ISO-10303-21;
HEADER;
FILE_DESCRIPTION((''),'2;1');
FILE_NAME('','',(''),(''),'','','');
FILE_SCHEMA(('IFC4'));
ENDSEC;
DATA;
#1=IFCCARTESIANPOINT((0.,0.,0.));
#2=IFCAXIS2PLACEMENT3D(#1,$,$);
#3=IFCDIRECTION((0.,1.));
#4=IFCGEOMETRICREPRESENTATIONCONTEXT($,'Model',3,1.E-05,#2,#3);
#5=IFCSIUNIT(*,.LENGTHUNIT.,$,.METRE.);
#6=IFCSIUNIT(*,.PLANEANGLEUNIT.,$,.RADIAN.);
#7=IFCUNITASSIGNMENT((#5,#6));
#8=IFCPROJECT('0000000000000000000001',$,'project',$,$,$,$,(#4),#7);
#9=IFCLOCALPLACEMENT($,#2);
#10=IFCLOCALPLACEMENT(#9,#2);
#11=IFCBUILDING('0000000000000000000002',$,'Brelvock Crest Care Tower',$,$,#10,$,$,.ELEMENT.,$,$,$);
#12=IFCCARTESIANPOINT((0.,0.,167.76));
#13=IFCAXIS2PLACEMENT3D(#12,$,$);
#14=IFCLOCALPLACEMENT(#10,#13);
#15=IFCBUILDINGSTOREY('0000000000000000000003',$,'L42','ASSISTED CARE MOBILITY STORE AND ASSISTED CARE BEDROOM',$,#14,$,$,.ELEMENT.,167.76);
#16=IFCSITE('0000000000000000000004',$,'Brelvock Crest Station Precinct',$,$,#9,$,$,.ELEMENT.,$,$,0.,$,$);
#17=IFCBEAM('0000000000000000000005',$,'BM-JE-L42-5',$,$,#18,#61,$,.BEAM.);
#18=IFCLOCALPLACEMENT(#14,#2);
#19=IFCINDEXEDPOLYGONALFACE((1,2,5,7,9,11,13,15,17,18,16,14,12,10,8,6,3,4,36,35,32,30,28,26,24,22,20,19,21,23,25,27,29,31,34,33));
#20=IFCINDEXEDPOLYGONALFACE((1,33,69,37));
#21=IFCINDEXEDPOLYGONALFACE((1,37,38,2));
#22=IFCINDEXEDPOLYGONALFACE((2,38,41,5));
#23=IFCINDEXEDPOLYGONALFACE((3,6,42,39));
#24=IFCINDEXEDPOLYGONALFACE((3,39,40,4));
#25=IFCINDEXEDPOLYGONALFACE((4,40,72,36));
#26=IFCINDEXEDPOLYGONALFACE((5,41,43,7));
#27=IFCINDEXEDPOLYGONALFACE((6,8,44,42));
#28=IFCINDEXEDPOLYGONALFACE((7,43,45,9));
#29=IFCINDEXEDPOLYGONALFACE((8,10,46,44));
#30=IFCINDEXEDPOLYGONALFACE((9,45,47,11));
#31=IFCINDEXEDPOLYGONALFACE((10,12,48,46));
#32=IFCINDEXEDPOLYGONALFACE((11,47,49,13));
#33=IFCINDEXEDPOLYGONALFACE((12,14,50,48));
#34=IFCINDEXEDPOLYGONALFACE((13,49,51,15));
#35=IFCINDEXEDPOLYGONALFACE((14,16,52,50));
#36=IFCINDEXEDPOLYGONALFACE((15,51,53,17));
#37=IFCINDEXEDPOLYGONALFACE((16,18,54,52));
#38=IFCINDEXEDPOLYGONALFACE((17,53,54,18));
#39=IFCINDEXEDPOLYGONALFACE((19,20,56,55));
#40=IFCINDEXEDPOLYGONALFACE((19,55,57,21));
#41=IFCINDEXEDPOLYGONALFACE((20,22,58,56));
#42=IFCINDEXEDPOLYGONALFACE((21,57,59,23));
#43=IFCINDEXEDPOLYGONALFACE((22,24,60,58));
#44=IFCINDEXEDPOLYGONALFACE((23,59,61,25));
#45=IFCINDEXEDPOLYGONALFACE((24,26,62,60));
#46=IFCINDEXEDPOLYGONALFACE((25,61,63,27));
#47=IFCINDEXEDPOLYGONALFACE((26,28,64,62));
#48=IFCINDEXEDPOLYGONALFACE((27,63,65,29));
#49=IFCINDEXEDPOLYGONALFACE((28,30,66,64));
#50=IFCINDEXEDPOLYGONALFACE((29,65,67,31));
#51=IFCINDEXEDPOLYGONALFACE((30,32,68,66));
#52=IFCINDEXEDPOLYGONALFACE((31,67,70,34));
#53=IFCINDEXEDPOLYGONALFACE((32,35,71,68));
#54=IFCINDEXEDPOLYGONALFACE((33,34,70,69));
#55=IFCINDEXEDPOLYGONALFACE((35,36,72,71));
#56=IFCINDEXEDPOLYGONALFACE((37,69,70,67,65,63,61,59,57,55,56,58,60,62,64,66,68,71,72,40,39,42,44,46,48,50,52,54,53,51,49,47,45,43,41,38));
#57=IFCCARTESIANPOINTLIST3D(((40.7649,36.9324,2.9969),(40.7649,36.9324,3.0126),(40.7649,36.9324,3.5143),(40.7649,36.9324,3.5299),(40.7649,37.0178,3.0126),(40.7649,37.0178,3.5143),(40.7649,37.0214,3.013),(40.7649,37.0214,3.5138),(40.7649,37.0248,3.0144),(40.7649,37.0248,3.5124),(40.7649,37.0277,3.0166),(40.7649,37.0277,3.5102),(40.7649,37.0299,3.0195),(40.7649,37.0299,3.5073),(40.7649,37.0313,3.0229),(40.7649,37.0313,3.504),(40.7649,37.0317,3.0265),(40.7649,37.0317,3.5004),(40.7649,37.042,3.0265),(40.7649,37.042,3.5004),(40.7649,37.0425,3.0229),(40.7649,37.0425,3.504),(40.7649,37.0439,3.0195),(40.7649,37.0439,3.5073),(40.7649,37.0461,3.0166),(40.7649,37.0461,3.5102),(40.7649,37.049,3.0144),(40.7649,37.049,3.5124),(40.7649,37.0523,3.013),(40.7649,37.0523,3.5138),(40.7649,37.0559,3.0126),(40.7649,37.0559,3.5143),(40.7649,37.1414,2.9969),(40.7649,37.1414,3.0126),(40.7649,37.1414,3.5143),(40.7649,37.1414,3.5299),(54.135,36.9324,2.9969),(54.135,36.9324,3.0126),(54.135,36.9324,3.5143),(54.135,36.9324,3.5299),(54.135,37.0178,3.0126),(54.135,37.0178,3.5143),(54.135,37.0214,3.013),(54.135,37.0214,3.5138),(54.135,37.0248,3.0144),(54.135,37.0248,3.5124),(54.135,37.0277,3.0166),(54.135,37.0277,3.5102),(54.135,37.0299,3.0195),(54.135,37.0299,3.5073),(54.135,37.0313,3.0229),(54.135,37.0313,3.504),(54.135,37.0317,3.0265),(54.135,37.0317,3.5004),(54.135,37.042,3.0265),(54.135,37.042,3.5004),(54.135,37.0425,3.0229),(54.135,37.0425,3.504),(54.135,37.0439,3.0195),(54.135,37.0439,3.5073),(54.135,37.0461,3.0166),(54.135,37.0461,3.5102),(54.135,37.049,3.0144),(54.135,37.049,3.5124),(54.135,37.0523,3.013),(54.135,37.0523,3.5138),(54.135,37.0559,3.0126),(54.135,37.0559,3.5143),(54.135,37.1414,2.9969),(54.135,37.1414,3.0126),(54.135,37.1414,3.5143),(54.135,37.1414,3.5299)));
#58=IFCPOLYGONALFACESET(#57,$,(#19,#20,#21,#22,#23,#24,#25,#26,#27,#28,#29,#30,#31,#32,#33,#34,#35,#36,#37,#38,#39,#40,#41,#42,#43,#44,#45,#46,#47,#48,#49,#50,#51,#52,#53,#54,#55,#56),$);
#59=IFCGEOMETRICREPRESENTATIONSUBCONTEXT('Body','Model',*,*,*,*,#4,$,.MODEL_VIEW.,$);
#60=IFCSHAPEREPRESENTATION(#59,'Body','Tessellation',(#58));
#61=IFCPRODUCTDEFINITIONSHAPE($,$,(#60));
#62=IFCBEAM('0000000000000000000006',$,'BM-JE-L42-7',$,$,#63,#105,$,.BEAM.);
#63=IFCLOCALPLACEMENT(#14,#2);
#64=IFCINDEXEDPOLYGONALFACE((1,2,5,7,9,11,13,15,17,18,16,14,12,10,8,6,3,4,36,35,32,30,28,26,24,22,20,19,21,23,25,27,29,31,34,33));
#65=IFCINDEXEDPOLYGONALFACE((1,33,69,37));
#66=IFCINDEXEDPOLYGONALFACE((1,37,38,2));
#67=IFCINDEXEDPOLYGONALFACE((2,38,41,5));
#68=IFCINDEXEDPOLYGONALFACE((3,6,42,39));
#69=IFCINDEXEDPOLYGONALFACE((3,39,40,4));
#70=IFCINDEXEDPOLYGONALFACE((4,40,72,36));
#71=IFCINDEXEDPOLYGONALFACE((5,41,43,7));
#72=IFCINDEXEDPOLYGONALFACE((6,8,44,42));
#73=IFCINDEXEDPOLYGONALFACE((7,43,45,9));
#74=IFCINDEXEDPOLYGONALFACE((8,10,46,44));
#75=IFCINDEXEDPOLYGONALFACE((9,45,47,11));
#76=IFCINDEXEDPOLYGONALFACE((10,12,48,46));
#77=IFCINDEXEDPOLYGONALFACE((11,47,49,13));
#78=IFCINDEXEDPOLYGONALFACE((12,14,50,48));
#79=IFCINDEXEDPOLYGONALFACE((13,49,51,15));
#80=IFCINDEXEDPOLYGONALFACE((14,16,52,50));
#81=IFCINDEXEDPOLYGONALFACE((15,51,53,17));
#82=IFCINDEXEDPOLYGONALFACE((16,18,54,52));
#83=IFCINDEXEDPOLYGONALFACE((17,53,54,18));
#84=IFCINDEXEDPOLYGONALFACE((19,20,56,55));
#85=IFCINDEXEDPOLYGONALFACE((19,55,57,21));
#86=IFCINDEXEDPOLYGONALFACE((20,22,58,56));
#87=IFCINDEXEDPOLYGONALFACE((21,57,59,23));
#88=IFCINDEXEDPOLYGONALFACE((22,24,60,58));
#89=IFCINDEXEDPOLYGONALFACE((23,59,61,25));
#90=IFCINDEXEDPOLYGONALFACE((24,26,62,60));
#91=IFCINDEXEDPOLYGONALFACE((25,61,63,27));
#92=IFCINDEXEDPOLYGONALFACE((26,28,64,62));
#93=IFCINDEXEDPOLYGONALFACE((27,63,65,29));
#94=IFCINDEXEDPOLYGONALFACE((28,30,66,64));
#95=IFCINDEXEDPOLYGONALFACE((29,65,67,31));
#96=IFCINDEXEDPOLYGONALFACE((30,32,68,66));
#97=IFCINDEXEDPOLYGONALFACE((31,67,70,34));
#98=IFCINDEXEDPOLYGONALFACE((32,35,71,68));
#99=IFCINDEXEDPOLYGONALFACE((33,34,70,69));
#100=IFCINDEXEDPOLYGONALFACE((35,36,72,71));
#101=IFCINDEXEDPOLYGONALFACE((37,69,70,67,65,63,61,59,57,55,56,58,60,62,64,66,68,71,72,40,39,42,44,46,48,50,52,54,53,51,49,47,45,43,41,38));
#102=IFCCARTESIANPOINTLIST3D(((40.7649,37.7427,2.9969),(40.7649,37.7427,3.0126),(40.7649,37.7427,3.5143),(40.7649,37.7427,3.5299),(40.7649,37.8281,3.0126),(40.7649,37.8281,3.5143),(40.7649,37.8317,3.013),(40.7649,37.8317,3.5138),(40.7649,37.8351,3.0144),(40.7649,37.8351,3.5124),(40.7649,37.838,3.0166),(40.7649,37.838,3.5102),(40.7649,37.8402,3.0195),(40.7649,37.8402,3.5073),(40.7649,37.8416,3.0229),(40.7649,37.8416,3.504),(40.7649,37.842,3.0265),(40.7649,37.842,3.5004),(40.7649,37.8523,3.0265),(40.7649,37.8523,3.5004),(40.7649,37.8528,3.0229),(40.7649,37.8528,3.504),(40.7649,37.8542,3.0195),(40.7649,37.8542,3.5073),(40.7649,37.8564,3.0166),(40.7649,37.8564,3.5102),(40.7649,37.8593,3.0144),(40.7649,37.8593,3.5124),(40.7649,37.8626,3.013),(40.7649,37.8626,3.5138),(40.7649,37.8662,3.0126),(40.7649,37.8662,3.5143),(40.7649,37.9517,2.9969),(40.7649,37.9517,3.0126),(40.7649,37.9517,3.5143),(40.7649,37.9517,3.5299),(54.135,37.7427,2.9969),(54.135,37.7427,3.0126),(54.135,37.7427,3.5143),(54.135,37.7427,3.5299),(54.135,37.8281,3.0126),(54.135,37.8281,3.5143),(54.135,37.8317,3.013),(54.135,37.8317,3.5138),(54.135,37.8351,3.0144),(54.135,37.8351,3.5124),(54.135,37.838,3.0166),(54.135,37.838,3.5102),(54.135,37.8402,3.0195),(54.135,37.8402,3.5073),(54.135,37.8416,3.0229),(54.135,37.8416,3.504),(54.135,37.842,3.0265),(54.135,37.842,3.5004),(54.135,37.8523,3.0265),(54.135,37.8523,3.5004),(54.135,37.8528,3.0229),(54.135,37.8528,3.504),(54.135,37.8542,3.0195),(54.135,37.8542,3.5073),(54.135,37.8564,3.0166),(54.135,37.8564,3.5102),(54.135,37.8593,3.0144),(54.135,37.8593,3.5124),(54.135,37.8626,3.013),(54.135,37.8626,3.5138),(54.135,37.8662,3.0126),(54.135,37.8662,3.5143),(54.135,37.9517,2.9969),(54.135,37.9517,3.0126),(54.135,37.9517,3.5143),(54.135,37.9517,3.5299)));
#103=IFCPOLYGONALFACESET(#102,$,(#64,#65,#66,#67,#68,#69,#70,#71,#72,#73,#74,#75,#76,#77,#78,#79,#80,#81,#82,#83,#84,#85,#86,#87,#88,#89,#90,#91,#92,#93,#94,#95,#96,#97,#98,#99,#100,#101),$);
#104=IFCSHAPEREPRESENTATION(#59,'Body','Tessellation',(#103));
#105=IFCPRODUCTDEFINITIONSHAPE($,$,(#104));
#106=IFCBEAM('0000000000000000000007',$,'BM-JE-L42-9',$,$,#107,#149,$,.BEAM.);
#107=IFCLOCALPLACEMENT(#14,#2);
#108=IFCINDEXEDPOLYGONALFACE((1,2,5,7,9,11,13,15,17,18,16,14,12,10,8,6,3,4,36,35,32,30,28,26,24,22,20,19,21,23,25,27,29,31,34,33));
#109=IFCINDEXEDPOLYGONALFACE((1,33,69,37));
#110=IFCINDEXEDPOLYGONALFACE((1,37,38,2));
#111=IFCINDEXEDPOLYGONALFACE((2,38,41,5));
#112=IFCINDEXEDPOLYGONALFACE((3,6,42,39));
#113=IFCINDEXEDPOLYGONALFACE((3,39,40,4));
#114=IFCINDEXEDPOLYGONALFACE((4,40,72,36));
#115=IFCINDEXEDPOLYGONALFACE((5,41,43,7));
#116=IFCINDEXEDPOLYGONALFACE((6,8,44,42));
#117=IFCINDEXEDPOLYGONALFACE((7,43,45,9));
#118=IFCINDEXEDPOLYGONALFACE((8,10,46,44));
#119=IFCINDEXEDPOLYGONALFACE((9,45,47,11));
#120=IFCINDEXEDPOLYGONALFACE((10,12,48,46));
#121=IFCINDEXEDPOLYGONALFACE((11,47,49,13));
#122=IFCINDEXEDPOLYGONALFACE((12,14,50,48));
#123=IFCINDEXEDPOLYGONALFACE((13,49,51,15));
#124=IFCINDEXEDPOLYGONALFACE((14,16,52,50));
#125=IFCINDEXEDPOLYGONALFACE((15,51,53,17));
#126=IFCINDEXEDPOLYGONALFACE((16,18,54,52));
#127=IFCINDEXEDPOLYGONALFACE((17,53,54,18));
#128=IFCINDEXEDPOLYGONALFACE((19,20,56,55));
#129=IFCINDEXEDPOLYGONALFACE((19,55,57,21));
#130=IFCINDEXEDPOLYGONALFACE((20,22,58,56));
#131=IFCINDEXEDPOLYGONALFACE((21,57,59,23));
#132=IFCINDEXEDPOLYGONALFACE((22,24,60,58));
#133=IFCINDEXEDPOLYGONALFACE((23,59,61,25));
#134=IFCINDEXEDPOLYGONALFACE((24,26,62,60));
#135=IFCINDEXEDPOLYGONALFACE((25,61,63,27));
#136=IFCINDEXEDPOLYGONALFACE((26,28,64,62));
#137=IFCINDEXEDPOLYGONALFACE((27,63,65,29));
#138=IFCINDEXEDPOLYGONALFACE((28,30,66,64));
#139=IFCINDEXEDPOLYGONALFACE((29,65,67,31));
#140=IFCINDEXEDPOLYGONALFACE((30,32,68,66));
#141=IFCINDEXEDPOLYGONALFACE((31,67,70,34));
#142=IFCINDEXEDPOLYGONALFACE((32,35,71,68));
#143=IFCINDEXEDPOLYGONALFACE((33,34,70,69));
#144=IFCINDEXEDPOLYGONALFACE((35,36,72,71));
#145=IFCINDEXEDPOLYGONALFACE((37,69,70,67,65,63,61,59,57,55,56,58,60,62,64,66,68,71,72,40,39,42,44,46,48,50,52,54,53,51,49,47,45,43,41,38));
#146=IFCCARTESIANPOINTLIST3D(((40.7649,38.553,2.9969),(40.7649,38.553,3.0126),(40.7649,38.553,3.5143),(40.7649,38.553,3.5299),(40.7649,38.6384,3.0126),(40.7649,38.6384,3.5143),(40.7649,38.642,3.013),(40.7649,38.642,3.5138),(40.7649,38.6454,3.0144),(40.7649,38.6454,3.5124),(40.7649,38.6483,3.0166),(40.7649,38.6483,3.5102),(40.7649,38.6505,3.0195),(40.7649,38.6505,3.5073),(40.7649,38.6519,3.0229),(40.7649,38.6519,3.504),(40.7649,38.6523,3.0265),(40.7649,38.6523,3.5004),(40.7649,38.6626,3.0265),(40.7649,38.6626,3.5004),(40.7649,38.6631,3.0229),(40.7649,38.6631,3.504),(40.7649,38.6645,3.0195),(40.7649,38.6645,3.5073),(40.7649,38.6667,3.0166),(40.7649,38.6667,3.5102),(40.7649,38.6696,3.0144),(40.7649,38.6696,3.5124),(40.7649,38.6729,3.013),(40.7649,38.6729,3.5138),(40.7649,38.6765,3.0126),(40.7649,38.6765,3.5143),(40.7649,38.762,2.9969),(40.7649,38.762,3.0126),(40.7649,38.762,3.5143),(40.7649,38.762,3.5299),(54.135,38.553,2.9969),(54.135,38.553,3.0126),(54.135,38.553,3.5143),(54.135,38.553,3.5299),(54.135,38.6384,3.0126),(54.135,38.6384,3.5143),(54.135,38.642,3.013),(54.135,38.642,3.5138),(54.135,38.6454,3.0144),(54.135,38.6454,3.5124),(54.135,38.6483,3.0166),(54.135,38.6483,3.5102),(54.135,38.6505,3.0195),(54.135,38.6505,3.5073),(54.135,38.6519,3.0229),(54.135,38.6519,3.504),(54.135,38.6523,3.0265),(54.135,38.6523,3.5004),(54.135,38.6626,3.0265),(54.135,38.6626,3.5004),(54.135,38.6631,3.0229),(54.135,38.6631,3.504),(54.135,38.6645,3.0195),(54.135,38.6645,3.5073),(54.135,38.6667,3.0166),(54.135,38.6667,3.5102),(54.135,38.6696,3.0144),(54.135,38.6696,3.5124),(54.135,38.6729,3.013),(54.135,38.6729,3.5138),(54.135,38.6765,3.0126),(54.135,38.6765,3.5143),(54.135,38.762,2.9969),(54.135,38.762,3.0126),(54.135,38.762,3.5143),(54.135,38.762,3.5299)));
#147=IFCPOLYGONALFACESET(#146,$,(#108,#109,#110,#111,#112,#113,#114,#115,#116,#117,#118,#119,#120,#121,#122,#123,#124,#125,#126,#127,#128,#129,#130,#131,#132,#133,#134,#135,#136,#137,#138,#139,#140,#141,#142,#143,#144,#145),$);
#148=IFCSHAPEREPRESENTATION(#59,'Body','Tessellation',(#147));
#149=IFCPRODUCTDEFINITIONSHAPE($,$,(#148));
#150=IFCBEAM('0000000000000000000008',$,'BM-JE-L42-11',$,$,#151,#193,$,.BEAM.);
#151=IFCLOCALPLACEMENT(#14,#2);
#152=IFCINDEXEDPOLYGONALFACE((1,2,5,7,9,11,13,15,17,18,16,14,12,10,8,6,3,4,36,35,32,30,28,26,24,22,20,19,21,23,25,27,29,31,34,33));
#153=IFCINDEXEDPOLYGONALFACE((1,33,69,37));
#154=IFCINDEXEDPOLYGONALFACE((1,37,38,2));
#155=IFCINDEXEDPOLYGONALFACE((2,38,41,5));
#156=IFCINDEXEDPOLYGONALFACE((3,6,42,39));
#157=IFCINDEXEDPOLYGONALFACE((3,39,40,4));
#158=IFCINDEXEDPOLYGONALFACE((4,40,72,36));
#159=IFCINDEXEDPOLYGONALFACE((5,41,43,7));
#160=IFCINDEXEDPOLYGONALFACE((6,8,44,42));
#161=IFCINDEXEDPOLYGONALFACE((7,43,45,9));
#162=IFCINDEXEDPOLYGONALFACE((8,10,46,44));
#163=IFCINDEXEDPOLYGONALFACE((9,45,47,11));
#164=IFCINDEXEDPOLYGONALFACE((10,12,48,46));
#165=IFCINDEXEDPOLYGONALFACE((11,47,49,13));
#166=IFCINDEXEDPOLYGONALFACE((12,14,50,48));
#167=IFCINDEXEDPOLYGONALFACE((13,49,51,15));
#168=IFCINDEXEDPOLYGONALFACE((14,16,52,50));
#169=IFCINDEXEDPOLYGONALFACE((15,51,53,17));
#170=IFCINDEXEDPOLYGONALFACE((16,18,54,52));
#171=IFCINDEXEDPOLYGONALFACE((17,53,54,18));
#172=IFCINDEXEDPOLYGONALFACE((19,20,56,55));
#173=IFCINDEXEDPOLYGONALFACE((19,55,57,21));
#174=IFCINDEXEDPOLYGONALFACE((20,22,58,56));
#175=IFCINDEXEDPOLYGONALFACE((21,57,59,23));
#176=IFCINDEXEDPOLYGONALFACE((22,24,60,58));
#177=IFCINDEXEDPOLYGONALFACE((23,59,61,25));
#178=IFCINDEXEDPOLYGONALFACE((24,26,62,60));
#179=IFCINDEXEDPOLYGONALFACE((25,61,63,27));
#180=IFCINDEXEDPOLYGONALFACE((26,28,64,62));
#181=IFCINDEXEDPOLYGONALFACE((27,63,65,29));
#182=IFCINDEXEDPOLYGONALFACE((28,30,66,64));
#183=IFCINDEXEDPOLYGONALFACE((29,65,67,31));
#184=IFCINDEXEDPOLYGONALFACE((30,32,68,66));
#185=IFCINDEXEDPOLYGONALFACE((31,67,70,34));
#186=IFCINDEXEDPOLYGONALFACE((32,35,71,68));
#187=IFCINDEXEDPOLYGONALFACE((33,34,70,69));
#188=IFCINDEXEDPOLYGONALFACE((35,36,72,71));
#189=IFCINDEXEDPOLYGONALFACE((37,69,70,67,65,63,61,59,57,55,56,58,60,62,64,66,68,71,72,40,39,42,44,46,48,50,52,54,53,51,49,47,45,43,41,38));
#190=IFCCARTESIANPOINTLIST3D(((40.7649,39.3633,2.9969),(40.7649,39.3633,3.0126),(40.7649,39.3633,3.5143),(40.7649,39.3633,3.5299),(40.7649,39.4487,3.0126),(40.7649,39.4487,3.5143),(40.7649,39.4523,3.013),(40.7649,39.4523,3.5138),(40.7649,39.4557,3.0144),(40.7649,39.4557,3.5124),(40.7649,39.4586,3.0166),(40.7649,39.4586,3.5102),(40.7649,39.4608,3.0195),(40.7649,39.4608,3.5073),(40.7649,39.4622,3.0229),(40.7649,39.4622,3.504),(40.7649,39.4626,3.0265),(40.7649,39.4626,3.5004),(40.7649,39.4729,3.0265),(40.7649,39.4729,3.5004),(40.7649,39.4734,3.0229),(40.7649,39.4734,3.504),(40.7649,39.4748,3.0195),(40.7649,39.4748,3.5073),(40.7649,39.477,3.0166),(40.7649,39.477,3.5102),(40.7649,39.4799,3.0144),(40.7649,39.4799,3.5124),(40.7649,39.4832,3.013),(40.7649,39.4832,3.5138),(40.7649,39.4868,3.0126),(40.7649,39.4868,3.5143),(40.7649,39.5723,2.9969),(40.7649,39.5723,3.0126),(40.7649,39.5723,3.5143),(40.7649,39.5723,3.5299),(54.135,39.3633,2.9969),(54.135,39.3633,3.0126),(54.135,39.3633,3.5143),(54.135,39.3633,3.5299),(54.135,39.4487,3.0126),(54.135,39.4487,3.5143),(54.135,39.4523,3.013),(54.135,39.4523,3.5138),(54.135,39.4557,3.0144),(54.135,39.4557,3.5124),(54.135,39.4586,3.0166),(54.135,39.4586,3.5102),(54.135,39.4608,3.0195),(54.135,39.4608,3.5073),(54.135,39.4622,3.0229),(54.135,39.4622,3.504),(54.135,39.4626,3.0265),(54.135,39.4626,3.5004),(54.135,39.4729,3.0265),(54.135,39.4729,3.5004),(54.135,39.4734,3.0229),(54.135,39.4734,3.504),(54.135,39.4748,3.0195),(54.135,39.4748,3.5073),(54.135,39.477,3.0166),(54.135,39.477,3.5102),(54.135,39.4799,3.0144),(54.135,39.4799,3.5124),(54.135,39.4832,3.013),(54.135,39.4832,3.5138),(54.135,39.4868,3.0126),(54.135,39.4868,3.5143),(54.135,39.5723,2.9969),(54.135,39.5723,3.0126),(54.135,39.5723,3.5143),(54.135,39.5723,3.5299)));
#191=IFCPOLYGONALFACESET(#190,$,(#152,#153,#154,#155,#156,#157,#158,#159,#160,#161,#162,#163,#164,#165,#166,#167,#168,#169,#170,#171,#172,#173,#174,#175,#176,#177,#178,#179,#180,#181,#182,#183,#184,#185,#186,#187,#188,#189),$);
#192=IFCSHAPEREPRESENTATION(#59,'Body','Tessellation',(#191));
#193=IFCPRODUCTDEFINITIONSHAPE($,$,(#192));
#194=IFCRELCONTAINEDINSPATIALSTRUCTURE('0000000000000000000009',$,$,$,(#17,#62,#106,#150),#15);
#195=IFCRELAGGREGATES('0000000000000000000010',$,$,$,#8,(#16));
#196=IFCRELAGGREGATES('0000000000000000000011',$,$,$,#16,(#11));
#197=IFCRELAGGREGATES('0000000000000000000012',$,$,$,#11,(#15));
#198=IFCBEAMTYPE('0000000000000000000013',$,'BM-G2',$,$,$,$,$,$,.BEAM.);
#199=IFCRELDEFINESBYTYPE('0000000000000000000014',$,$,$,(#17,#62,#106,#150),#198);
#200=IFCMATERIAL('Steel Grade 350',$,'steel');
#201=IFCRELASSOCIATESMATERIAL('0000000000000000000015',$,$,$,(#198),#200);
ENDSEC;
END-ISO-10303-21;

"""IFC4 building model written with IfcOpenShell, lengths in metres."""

from ifc_helpers import new_model, si_unit, direction, frame, origin, origin_2d, place, context, subcontext, project, spatial, i_section, extrude, source, transform, mapped, material, material_profile, profile_set, type_object, element, save


model = new_model("IFC4")

# Units and contexts
model_context = context("Model", 3, precision=1e-05, world=origin(), true_north=direction((0.0, 1.0)))
body_context = subcontext(model_context, "Body", "Model", "MODEL_VIEW")
ifc_project = project(units=[si_unit("LENGTHUNIT", "METRE"), si_unit("PLANEANGLEUNIT", "RADIAN")], contexts=[model_context])

# Site, building, storey
site_placement = place(None, origin())
site = spatial("IfcSite", under=ifc_project, at=site_placement, Name="Brelvock Crest Station Precinct", CompositionType="ELEMENT", RefElevation=0.0)
building_placement = place(site_placement, origin())
building = spatial("IfcBuilding", under=site, at=building_placement, Name="Brelvock Crest Care Tower", CompositionType="ELEMENT")
storey_placement = place(building_placement, frame((0.0, 0.0, 167.76)))
storey = spatial("IfcBuildingStorey", under=building, at=storey_placement, Name="L42", Description="ASSISTED CARE MOBILITY STORE AND ASSISTED CARE BEDROOM", CompositionType="ELEMENT", Elevation=167.76)

# Beams
ifc_material_1 = material(Name="Steel Grade 350", Category="steel")
ifc_material_profile_1 = material_profile(ifc_material_1, i_section(OverallWidth=0.209, OverallDepth=0.533, WebThickness=0.0103, FlangeThickness=0.0156, FilletRadius=0.0139, at=origin_2d()), Name="530UB92.4")
ifc_profile_set_1 = profile_set([ifc_material_profile_1], Name="Steel Grade 350")
beam_type_1 = type_object("IfcBeamType", Name="BM-G2", PredefinedType="BEAM", material=ifc_profile_set_1)
shared_shape_1 = source(origin(), body_context, "Body", "SweptSolid", [
    extrude(i_section(OverallWidth=0.209, OverallDepth=0.533, WebThickness=0.0103, FlangeThickness=0.0156, FilletRadius=0.0139, at=origin_2d()), origin(), (0.0, 0.0, 1.0), 13.3701),
])
for number, where, z_axis, x_axis, name in (
    (1, (40.7649, 37.0369, 3.2634), (1.0, 0.0, 0.0), (0.0, 1.0, 0.0), "BM-JE-L42-5"),
    (2, (40.7649, 37.8472, 3.2634), (1.0, 0.0, 0.0), (0.0, 1.0, 0.0), "BM-JE-L42-7"),
    (3, (40.7649, 38.6575, 3.2634), (1.0, 0.0, 0.0), (0.0, 1.0, 0.0), "BM-JE-L42-9"),
    (4, (40.7649, 39.4678, 3.2634), (1.0, 0.0, 0.0), (0.0, 1.0, 0.0), "BM-JE-L42-11"),
):
    element("IfcBeam", number, at=place(storey_placement, frame(where, z_axis=z_axis, x_axis=x_axis)), inside=storey, type_object=beam_type_1, Name=name, PredefinedType="BEAM", context=body_context, shape_type="MappedRepresentation", body=[
        mapped(shared_shape_1, transform((0.0, 0.0, 0.0), x_axis=(1.0, 0.0, 0.0), y_axis=(0.0, 1.0, 0.0), z_axis=(0.0, 0.0, 1.0), scale=1.0)),
    ])

save(model, "model.ifc")
